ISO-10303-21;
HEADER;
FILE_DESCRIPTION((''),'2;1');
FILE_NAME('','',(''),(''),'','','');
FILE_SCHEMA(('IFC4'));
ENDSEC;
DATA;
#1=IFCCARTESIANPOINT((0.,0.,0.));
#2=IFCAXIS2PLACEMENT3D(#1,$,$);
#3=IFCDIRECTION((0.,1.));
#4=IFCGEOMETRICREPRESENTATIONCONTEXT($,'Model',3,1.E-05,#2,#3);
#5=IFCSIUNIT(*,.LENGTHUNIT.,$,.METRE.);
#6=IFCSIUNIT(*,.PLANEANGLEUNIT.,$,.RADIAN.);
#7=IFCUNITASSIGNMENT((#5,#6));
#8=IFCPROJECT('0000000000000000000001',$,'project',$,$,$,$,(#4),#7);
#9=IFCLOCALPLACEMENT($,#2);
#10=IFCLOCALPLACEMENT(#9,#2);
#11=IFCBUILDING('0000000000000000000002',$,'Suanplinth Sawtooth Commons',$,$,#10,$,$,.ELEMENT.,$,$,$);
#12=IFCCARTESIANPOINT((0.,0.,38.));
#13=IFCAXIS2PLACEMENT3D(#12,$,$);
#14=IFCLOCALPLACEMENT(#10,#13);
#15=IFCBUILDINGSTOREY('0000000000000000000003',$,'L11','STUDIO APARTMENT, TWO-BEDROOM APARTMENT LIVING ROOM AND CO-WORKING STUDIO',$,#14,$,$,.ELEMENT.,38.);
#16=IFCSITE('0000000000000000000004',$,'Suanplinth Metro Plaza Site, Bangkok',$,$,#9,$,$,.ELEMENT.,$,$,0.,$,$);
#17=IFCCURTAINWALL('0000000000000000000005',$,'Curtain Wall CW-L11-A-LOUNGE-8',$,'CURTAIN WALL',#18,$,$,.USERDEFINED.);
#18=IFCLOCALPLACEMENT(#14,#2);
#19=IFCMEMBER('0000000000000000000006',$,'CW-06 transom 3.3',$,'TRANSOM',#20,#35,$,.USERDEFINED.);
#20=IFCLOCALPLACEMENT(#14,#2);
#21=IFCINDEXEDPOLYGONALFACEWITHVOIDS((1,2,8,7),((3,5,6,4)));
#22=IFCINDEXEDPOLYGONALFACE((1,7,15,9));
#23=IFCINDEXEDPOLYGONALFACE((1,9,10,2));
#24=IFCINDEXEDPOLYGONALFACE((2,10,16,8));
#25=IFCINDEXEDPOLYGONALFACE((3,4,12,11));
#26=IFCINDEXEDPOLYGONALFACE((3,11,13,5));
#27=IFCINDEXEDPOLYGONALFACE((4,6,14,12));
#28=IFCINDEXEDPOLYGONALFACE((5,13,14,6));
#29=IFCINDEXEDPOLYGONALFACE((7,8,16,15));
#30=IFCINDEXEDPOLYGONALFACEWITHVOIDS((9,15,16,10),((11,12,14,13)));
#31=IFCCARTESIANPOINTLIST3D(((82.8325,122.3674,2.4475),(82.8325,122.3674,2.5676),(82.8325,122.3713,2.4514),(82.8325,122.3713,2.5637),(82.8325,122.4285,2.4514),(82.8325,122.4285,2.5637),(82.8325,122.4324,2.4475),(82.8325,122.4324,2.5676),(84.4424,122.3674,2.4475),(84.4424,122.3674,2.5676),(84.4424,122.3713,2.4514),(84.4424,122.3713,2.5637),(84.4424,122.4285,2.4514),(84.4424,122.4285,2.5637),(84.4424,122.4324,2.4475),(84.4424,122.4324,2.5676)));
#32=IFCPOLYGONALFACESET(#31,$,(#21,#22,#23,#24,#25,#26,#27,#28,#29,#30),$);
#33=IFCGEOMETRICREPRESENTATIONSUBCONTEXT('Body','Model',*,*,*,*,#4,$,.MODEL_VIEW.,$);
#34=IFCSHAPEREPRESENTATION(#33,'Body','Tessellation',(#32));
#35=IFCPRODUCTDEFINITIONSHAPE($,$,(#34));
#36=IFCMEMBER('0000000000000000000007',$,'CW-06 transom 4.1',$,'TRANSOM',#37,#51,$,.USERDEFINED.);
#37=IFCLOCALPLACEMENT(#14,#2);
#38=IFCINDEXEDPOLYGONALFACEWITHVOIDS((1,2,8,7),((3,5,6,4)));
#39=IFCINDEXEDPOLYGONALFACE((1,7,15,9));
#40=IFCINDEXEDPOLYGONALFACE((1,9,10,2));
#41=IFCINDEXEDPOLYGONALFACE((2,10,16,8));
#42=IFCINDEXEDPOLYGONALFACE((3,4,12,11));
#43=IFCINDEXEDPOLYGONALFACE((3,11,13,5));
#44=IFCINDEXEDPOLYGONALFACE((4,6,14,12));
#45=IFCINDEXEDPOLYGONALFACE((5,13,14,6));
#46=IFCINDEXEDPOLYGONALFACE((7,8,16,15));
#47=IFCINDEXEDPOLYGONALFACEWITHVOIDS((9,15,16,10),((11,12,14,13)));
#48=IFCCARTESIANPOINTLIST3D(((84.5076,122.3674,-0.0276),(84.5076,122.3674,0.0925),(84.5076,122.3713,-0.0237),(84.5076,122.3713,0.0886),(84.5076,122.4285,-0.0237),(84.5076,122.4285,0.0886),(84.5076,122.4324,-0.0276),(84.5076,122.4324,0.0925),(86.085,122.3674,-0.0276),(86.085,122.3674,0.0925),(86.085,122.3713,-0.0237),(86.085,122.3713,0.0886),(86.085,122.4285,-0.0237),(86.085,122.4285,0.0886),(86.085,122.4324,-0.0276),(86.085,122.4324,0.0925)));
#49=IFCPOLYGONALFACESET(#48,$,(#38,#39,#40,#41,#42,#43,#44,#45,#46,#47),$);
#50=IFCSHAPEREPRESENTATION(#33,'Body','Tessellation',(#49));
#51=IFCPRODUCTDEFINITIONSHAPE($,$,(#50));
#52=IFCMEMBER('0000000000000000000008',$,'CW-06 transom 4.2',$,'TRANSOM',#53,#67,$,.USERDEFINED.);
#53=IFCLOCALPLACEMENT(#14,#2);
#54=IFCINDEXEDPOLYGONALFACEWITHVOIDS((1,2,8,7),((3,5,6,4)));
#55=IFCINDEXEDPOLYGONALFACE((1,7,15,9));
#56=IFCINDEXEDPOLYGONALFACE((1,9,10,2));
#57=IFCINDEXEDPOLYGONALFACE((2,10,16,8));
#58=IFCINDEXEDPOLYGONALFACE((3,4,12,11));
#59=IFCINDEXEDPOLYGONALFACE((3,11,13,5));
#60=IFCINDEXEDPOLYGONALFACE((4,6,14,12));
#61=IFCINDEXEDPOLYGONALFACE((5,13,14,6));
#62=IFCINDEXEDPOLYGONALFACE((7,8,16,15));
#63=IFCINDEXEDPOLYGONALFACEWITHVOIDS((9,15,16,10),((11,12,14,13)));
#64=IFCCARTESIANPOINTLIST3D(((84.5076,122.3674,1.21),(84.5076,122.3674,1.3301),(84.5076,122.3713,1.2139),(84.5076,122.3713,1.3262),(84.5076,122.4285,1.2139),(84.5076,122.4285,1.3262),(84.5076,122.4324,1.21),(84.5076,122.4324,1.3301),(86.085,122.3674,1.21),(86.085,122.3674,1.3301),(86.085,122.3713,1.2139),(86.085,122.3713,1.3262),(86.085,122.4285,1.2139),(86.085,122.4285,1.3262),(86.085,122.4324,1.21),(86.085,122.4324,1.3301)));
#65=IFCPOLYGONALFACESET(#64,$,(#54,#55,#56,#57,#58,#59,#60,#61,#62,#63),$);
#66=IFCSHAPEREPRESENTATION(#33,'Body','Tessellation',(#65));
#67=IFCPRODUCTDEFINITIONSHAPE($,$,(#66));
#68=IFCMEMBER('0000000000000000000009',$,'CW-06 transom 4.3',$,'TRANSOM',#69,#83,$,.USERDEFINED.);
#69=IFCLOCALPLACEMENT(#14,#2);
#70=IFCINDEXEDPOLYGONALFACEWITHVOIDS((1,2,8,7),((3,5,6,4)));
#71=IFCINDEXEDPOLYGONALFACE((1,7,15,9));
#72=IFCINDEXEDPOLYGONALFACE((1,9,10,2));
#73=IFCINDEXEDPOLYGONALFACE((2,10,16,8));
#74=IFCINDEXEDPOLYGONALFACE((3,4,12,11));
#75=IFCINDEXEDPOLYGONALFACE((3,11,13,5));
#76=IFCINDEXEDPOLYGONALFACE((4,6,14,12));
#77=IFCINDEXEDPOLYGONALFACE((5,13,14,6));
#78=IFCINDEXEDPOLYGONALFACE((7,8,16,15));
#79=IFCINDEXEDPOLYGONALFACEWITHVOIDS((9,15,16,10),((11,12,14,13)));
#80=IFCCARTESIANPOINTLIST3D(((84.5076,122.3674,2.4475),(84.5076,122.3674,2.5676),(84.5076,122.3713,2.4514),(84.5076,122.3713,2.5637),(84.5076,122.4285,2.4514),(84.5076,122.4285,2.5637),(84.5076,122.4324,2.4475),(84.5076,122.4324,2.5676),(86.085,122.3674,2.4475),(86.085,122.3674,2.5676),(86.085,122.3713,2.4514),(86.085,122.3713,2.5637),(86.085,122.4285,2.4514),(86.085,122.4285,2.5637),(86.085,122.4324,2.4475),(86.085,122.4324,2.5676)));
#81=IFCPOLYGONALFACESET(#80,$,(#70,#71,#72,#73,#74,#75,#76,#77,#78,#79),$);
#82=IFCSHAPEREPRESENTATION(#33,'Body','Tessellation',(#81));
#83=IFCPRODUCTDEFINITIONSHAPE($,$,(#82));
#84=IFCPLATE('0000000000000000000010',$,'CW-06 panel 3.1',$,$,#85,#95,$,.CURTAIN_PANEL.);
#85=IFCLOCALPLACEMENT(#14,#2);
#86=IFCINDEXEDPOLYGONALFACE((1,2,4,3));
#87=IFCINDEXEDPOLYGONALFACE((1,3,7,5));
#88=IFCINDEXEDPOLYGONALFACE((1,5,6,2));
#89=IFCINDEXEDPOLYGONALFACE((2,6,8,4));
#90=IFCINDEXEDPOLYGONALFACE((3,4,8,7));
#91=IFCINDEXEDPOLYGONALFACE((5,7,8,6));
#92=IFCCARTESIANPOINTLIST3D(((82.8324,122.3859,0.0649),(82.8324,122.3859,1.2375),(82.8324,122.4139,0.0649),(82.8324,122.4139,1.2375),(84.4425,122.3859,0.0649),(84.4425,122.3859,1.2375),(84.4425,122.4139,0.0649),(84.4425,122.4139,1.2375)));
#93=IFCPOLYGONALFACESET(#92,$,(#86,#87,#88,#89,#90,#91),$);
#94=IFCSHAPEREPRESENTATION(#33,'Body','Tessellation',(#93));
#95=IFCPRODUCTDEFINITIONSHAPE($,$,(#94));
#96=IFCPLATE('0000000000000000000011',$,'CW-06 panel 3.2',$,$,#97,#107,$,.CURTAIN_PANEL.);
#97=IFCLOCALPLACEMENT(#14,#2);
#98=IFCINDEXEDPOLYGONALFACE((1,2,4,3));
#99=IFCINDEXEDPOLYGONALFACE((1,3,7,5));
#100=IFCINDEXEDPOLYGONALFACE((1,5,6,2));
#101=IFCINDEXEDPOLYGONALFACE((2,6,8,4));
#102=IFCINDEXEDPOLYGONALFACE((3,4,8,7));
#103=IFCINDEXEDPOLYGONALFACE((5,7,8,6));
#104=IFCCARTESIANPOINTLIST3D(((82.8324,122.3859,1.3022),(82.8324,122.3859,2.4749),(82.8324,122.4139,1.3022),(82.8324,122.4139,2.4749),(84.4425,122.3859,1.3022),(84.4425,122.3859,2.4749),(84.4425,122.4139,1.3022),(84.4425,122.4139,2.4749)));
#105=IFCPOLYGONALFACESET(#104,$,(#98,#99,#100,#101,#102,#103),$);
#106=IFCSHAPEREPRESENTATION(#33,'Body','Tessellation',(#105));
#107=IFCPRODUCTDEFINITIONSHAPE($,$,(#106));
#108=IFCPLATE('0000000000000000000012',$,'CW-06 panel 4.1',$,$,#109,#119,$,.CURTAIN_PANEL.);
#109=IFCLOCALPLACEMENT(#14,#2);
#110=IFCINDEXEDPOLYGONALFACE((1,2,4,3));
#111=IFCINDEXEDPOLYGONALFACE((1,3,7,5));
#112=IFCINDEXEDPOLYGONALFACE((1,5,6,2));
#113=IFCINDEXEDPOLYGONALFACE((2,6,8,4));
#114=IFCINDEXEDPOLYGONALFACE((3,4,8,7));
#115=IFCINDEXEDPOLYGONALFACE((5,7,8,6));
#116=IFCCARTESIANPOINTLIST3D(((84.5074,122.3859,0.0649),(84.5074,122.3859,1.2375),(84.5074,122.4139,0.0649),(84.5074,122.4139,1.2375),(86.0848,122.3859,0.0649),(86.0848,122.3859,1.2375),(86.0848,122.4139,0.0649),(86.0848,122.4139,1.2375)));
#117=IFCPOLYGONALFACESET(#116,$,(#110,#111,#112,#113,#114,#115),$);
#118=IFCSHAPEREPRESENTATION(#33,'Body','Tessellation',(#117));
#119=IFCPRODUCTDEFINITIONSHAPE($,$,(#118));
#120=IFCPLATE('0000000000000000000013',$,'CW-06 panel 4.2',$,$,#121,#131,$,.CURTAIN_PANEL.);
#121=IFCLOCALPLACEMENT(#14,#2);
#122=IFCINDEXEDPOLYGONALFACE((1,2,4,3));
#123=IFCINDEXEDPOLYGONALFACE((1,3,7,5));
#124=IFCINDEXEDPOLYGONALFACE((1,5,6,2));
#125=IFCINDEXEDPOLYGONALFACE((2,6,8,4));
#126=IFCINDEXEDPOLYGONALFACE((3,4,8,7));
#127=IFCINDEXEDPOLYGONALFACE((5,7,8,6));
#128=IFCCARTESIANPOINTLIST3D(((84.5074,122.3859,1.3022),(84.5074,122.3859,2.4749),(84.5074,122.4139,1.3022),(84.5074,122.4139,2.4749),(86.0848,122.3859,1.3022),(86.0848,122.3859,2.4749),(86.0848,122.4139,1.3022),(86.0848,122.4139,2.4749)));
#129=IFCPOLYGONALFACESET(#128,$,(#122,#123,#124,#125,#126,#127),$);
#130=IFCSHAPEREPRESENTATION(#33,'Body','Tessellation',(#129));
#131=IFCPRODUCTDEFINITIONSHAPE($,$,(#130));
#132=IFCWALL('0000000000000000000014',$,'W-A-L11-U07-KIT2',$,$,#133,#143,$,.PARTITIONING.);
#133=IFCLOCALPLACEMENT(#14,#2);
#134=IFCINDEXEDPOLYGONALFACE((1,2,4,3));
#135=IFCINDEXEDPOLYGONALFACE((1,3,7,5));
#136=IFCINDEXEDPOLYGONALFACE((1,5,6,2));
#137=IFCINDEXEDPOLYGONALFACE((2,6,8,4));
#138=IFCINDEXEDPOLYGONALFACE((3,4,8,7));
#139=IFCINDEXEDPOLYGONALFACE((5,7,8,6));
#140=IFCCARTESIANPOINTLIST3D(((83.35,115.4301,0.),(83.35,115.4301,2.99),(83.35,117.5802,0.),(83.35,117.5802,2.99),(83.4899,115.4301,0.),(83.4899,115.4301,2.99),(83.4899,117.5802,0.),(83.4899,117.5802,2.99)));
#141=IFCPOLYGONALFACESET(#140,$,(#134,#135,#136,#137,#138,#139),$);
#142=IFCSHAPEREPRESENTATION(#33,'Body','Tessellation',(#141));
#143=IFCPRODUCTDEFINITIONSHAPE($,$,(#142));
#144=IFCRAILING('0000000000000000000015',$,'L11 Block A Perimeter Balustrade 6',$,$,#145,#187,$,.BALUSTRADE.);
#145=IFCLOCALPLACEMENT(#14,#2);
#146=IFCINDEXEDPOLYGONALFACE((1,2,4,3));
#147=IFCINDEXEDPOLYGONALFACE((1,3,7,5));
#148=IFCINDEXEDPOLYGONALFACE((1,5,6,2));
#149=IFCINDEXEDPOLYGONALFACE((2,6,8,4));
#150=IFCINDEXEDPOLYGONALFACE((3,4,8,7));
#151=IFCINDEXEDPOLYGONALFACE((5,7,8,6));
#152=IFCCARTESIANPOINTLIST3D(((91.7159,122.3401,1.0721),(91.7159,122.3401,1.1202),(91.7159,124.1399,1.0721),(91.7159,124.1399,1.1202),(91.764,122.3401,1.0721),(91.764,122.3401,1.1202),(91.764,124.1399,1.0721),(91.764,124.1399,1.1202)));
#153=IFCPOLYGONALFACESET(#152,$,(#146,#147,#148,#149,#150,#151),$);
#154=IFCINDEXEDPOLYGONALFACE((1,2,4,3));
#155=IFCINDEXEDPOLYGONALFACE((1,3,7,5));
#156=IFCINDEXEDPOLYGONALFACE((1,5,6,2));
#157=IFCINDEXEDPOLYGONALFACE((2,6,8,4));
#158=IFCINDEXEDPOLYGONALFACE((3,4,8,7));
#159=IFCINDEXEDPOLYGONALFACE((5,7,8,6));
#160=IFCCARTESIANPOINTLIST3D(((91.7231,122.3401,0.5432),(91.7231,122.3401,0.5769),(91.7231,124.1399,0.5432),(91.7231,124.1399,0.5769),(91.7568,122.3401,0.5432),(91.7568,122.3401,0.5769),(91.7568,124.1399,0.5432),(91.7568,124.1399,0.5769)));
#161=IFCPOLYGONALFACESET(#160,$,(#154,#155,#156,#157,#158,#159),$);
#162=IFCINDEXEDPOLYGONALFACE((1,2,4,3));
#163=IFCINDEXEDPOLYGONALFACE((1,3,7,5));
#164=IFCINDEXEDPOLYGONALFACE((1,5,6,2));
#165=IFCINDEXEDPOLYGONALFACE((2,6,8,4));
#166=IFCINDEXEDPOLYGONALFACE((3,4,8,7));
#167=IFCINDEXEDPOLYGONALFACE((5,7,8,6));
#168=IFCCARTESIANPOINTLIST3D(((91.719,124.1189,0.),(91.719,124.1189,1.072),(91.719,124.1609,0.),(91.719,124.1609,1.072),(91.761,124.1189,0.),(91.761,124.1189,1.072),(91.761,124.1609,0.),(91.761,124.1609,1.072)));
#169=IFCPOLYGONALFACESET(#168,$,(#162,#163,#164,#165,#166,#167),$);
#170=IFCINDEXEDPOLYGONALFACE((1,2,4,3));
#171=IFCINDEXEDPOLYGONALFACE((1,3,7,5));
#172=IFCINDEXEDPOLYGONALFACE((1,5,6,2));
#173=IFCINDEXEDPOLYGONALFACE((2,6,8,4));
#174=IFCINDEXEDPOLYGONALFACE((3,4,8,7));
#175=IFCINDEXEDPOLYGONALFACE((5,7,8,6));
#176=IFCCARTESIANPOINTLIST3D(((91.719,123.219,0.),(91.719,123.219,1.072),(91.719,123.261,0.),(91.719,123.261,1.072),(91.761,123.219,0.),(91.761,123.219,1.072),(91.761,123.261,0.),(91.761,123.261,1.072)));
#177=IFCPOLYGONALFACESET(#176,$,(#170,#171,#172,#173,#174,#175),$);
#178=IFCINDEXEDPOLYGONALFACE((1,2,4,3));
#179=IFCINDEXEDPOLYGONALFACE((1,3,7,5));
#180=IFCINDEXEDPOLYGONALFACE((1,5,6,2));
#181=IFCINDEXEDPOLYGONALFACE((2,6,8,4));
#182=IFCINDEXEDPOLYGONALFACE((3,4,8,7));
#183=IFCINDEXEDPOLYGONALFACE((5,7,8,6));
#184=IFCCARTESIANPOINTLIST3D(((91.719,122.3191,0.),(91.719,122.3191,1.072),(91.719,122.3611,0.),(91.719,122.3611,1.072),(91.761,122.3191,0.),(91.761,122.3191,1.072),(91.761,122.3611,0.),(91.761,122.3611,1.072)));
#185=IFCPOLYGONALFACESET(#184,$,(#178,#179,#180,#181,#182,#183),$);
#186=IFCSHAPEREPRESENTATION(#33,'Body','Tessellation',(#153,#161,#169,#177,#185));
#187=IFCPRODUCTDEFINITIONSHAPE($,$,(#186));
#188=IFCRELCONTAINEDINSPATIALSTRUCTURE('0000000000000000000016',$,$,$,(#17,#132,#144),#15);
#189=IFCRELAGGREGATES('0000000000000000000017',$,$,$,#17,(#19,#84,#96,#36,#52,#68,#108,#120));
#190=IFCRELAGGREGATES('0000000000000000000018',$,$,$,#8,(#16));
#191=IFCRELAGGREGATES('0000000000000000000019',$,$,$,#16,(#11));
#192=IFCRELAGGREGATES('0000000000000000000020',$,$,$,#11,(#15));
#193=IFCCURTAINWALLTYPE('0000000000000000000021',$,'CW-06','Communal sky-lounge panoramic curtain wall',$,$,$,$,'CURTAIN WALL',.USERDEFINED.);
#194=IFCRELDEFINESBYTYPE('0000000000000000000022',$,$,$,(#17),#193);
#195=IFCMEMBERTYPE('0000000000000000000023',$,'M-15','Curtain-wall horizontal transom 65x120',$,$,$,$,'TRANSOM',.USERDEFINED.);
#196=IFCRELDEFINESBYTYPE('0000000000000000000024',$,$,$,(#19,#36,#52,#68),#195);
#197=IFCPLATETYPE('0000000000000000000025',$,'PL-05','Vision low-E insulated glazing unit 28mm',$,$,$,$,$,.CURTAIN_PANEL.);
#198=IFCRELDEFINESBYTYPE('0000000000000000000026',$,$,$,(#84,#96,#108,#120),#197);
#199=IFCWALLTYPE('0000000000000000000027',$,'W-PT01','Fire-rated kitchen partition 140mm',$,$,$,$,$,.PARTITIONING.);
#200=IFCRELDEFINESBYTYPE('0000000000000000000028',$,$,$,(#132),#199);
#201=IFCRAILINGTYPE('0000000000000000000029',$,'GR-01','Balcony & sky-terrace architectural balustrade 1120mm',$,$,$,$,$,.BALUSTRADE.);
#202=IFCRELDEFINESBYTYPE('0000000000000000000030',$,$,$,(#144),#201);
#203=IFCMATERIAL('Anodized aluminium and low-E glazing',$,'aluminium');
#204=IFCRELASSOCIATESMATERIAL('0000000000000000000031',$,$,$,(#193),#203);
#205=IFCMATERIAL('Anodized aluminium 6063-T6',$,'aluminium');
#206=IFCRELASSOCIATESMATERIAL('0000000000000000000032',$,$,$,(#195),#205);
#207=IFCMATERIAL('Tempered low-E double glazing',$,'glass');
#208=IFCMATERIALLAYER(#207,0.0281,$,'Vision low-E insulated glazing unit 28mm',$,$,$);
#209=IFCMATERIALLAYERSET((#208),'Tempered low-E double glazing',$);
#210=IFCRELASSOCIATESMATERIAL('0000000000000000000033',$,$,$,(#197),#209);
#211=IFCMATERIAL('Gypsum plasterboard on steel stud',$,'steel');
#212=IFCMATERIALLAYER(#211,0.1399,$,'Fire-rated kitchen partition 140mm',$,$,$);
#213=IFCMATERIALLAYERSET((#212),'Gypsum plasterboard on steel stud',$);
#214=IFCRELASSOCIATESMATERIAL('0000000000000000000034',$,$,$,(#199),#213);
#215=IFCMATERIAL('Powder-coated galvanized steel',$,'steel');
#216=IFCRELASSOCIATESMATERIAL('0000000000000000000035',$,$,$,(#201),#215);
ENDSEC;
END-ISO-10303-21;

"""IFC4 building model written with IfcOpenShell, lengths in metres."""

from ifc_helpers import new_model, si_unit, direction, frame, frame_2d, origin, origin_2d, place, context, subcontext, project, spatial, rectangle, hollow_rectangle, extrude, material, layer, layer_set, material_profile, profile_set, type_object, element, aggregate, save


model = new_model("IFC4")

# Units and contexts
model_context = context("Model", 3, precision=1e-05, world=origin(), true_north=direction((0.0, 1.0)))
body_context = subcontext(model_context, "Body", "Model", "MODEL_VIEW")
ifc_project = project(units=[si_unit("LENGTHUNIT", "METRE"), si_unit("PLANEANGLEUNIT", "RADIAN")], contexts=[model_context])

# Site, building, storey
site_placement = place(None, origin())
site = spatial("IfcSite", under=ifc_project, at=site_placement, Name="Suanplinth Metro Plaza Site, Bangkok", CompositionType="ELEMENT", RefElevation=0.0)
building_placement = place(site_placement, origin())
building = spatial("IfcBuilding", under=site, at=building_placement, Name="Suanplinth Sawtooth Commons", CompositionType="ELEMENT")
storey_placement = place(building_placement, frame((0.0, 0.0, 38.0)))
storey = spatial("IfcBuildingStorey", under=building, at=storey_placement, Name="L11", Description="STUDIO APARTMENT, TWO-BEDROOM APARTMENT LIVING ROOM AND CO-WORKING STUDIO", CompositionType="ELEMENT", Elevation=38.0)

# Curtain wall, members, plates
ifc_material_1 = material(Name="Anodized aluminium and low-E glazing", Category="aluminium")
curtain_wall_type = type_object("IfcCurtainWallType", Name="CW-06", Description="Communal sky-lounge panoramic curtain wall", ElementType="CURTAIN WALL", PredefinedType="USERDEFINED", material=ifc_material_1)
curtain_wall_placement = place(storey_placement, origin())
curtain_wall = element("IfcCurtainWall", 1, at=curtain_wall_placement, inside=storey, type_object=curtain_wall_type, Name="Curtain Wall CW-L11-A-LOUNGE-8", ObjectType="CURTAIN WALL", PredefinedType="USERDEFINED")
ifc_material_2 = material(Name="Anodized aluminium 6063-T6", Category="aluminium")
ifc_material_profile_1 = material_profile(ifc_material_2, hollow_rectangle(XDim=0.0649, YDim=0.1201, WallThickness=0.0039, at=origin_2d()), Name="ALU-TRN 65x120")
ifc_profile_set_1 = profile_set([ifc_material_profile_1], Name="Anodized aluminium 6063-T6")
member_type_1 = type_object("IfcMemberType", Name="M-15", Description="Curtain-wall horizontal transom 65x120", ElementType="TRANSOM", PredefinedType="USERDEFINED", material=ifc_profile_set_1)
member_1_placement = place(storey_placement, frame((82.8325, 122.3999, 2.5076), z_axis=(1.0, 0.0, 0.0), x_axis=(0.0, 1.0, 0.0)))
member_1 = element("IfcMember", 2, at=member_1_placement, type_object=member_type_1, Name="CW-06 transom 3.3", ObjectType="TRANSOM", PredefinedType="USERDEFINED", context=body_context, shape_type="SweptSolid", body=[
    extrude(hollow_rectangle(XDim=0.0649, YDim=0.1201, WallThickness=0.0039, at=origin_2d()), origin(), (0.0, 0.0, 1.0), 1.6099),
])
member_2_placement = place(storey_placement, frame((84.5076, 122.3999, 0.0325), z_axis=(1.0, 0.0, 0.0), x_axis=(0.0, 1.0, 0.0)))
member_2 = element("IfcMember", 3, at=member_2_placement, type_object=member_type_1, Name="CW-06 transom 4.1", ObjectType="TRANSOM", PredefinedType="USERDEFINED", context=body_context, shape_type="SweptSolid", body=[
    extrude(hollow_rectangle(XDim=0.0649, YDim=0.1201, WallThickness=0.0039, at=origin_2d()), origin(), (0.0, 0.0, 1.0), 1.5774),
])
member_3_placement = place(storey_placement, frame((84.5076, 122.3999, 1.27), z_axis=(1.0, 0.0, 0.0), x_axis=(0.0, 1.0, 0.0)))
member_3 = element("IfcMember", 4, at=member_3_placement, type_object=member_type_1, Name="CW-06 transom 4.2", ObjectType="TRANSOM", PredefinedType="USERDEFINED", context=body_context, shape_type="SweptSolid", body=[
    extrude(hollow_rectangle(XDim=0.0649, YDim=0.1201, WallThickness=0.0039, at=origin_2d()), origin(), (0.0, 0.0, 1.0), 1.5774),
])
member_4_placement = place(storey_placement, frame((84.5076, 122.3999, 2.5076), z_axis=(1.0, 0.0, 0.0), x_axis=(0.0, 1.0, 0.0)))
member_4 = element("IfcMember", 5, at=member_4_placement, type_object=member_type_1, Name="CW-06 transom 4.3", ObjectType="TRANSOM", PredefinedType="USERDEFINED", context=body_context, shape_type="SweptSolid", body=[
    extrude(hollow_rectangle(XDim=0.0649, YDim=0.1201, WallThickness=0.0039, at=origin_2d()), origin(), (0.0, 0.0, 1.0), 1.5774),
])
ifc_material_3 = material(Name="Tempered low-E double glazing", Category="glass")
ifc_layer_1 = layer(ifc_material_3, 0.0281, Name="Vision low-E insulated glazing unit 28mm")
ifc_layer_set_1 = layer_set([ifc_layer_1], Name="Tempered low-E double glazing")
plate_type = type_object("IfcPlateType", Name="PL-05", Description="Vision low-E insulated glazing unit 28mm", PredefinedType="CURTAIN_PANEL", material=ifc_layer_set_1)
plate_1_placement = place(storey_placement, frame((83.6375, 122.3999, 0.0649), z_axis=(0.0, 0.0, 1.0), x_axis=(1.0, 0.0, 0.0)))
plate_1 = element("IfcPlate", 6, at=plate_1_placement, type_object=plate_type, Name="CW-06 panel 3.1", PredefinedType="CURTAIN_PANEL", context=body_context, shape_type="SweptSolid", body=[
    extrude(rectangle(XDim=1.6101, YDim=0.0281, at=origin_2d()), origin(), (0.0, 0.0, 1.0), 1.1726),
])
plate_2_placement = place(storey_placement, frame((83.6375, 122.3999, 1.3022), z_axis=(0.0, 0.0, 1.0), x_axis=(1.0, 0.0, 0.0)))
plate_2 = element("IfcPlate", 7, at=plate_2_placement, type_object=plate_type, Name="CW-06 panel 3.2", PredefinedType="CURTAIN_PANEL", context=body_context, shape_type="SweptSolid", body=[
    extrude(rectangle(XDim=1.6101, YDim=0.0281, at=origin_2d()), origin(), (0.0, 0.0, 1.0), 1.1726),
])
plate_3_placement = place(storey_placement, frame((85.2961, 122.3999, 0.0649), z_axis=(0.0, 0.0, 1.0), x_axis=(1.0, 0.0, 0.0)))
plate_3 = element("IfcPlate", 8, at=plate_3_placement, type_object=plate_type, Name="CW-06 panel 4.1", PredefinedType="CURTAIN_PANEL", context=body_context, shape_type="SweptSolid", body=[
    extrude(rectangle(XDim=1.5774, YDim=0.0281, at=origin_2d()), origin(), (0.0, 0.0, 1.0), 1.1726),
])
plate_4_placement = place(storey_placement, frame((85.2961, 122.3999, 1.3022), z_axis=(0.0, 0.0, 1.0), x_axis=(1.0, 0.0, 0.0)))
plate_4 = element("IfcPlate", 9, at=plate_4_placement, type_object=plate_type, Name="CW-06 panel 4.2", PredefinedType="CURTAIN_PANEL", context=body_context, shape_type="SweptSolid", body=[
    extrude(rectangle(XDim=1.5774, YDim=0.0281, at=origin_2d()), origin(), (0.0, 0.0, 1.0), 1.1726),
])
aggregate(curtain_wall, [member_1, plate_1, plate_2, member_2, member_3, member_4, plate_3, plate_4])

# Wall
ifc_material_4 = material(Name="Gypsum plasterboard on steel stud", Category="steel")
ifc_layer_2 = layer(ifc_material_4, 0.1399, Name="Fire-rated kitchen partition 140mm")
ifc_layer_set_2 = layer_set([ifc_layer_2], Name="Gypsum plasterboard on steel stud")
wall_type_1 = type_object("IfcWallType", Name="W-PT01", Description="Fire-rated kitchen partition 140mm", PredefinedType="PARTITIONING", material=ifc_layer_set_2)
wall_1_placement = place(storey_placement, frame((83.4199, 115.4299, 0.0), z_axis=(0.0, 0.0, 1.0), x_axis=(0.0, 1.0, 0.0)))
element("IfcWall", 10, at=wall_1_placement, inside=storey, type_object=wall_type_1, Name="W-A-L11-U07-KIT2", PredefinedType="PARTITIONING", context=body_context, shape_type="SweptSolid", body=[
    extrude(rectangle(XDim=2.1501, YDim=0.1399, at=frame_2d((1.0752, 0.0))), origin(), (0.0, 0.0, 1.0), 2.99),
])

# Railing
ifc_material_5 = material(Name="Powder-coated galvanized steel", Category="steel")
railing_type = type_object("IfcRailingType", Name="GR-01", Description="Balcony & sky-terrace architectural balustrade 1120mm", PredefinedType="BALUSTRADE", material=ifc_material_5)
railing_1_placement = place(storey_placement, frame((91.74, 124.1399, 0.0)))
element("IfcRailing", 11, at=railing_1_placement, inside=storey, type_object=railing_type, Name="L11 Block A Perimeter Balustrade 6", PredefinedType="BALUSTRADE", context=body_context, shape_type="SweptSolid", body=[
    extrude(rectangle(XDim=0.0481, YDim=0.0481, at=origin_2d()), frame((0.0, 0.0, 1.0962), z_axis=(0.0, -1.0, 0.0), x_axis=(1.0, 0.0, 0.0)), (0.0, 0.0, 1.0), 1.7998),
    extrude(rectangle(XDim=0.0337, YDim=0.0337, at=origin_2d()), frame((0.0, 0.0, 0.5601), z_axis=(0.0, -1.0, 0.0), x_axis=(1.0, 0.0, 0.0)), (0.0, 0.0, 1.0), 1.7998),
    extrude(rectangle(XDim=0.042, YDim=0.042, at=origin_2d()), origin(), (0.0, 0.0, 1.0), 1.072),
    extrude(rectangle(XDim=0.042, YDim=0.042, at=origin_2d()), frame((0.0, -0.8999, 0.0)), (0.0, 0.0, 1.0), 1.072),
    extrude(rectangle(XDim=0.042, YDim=0.042, at=origin_2d()), frame((0.0, -1.7998, 0.0)), (0.0, 0.0, 1.0), 1.072),
])

save(model, "model.ifc")
